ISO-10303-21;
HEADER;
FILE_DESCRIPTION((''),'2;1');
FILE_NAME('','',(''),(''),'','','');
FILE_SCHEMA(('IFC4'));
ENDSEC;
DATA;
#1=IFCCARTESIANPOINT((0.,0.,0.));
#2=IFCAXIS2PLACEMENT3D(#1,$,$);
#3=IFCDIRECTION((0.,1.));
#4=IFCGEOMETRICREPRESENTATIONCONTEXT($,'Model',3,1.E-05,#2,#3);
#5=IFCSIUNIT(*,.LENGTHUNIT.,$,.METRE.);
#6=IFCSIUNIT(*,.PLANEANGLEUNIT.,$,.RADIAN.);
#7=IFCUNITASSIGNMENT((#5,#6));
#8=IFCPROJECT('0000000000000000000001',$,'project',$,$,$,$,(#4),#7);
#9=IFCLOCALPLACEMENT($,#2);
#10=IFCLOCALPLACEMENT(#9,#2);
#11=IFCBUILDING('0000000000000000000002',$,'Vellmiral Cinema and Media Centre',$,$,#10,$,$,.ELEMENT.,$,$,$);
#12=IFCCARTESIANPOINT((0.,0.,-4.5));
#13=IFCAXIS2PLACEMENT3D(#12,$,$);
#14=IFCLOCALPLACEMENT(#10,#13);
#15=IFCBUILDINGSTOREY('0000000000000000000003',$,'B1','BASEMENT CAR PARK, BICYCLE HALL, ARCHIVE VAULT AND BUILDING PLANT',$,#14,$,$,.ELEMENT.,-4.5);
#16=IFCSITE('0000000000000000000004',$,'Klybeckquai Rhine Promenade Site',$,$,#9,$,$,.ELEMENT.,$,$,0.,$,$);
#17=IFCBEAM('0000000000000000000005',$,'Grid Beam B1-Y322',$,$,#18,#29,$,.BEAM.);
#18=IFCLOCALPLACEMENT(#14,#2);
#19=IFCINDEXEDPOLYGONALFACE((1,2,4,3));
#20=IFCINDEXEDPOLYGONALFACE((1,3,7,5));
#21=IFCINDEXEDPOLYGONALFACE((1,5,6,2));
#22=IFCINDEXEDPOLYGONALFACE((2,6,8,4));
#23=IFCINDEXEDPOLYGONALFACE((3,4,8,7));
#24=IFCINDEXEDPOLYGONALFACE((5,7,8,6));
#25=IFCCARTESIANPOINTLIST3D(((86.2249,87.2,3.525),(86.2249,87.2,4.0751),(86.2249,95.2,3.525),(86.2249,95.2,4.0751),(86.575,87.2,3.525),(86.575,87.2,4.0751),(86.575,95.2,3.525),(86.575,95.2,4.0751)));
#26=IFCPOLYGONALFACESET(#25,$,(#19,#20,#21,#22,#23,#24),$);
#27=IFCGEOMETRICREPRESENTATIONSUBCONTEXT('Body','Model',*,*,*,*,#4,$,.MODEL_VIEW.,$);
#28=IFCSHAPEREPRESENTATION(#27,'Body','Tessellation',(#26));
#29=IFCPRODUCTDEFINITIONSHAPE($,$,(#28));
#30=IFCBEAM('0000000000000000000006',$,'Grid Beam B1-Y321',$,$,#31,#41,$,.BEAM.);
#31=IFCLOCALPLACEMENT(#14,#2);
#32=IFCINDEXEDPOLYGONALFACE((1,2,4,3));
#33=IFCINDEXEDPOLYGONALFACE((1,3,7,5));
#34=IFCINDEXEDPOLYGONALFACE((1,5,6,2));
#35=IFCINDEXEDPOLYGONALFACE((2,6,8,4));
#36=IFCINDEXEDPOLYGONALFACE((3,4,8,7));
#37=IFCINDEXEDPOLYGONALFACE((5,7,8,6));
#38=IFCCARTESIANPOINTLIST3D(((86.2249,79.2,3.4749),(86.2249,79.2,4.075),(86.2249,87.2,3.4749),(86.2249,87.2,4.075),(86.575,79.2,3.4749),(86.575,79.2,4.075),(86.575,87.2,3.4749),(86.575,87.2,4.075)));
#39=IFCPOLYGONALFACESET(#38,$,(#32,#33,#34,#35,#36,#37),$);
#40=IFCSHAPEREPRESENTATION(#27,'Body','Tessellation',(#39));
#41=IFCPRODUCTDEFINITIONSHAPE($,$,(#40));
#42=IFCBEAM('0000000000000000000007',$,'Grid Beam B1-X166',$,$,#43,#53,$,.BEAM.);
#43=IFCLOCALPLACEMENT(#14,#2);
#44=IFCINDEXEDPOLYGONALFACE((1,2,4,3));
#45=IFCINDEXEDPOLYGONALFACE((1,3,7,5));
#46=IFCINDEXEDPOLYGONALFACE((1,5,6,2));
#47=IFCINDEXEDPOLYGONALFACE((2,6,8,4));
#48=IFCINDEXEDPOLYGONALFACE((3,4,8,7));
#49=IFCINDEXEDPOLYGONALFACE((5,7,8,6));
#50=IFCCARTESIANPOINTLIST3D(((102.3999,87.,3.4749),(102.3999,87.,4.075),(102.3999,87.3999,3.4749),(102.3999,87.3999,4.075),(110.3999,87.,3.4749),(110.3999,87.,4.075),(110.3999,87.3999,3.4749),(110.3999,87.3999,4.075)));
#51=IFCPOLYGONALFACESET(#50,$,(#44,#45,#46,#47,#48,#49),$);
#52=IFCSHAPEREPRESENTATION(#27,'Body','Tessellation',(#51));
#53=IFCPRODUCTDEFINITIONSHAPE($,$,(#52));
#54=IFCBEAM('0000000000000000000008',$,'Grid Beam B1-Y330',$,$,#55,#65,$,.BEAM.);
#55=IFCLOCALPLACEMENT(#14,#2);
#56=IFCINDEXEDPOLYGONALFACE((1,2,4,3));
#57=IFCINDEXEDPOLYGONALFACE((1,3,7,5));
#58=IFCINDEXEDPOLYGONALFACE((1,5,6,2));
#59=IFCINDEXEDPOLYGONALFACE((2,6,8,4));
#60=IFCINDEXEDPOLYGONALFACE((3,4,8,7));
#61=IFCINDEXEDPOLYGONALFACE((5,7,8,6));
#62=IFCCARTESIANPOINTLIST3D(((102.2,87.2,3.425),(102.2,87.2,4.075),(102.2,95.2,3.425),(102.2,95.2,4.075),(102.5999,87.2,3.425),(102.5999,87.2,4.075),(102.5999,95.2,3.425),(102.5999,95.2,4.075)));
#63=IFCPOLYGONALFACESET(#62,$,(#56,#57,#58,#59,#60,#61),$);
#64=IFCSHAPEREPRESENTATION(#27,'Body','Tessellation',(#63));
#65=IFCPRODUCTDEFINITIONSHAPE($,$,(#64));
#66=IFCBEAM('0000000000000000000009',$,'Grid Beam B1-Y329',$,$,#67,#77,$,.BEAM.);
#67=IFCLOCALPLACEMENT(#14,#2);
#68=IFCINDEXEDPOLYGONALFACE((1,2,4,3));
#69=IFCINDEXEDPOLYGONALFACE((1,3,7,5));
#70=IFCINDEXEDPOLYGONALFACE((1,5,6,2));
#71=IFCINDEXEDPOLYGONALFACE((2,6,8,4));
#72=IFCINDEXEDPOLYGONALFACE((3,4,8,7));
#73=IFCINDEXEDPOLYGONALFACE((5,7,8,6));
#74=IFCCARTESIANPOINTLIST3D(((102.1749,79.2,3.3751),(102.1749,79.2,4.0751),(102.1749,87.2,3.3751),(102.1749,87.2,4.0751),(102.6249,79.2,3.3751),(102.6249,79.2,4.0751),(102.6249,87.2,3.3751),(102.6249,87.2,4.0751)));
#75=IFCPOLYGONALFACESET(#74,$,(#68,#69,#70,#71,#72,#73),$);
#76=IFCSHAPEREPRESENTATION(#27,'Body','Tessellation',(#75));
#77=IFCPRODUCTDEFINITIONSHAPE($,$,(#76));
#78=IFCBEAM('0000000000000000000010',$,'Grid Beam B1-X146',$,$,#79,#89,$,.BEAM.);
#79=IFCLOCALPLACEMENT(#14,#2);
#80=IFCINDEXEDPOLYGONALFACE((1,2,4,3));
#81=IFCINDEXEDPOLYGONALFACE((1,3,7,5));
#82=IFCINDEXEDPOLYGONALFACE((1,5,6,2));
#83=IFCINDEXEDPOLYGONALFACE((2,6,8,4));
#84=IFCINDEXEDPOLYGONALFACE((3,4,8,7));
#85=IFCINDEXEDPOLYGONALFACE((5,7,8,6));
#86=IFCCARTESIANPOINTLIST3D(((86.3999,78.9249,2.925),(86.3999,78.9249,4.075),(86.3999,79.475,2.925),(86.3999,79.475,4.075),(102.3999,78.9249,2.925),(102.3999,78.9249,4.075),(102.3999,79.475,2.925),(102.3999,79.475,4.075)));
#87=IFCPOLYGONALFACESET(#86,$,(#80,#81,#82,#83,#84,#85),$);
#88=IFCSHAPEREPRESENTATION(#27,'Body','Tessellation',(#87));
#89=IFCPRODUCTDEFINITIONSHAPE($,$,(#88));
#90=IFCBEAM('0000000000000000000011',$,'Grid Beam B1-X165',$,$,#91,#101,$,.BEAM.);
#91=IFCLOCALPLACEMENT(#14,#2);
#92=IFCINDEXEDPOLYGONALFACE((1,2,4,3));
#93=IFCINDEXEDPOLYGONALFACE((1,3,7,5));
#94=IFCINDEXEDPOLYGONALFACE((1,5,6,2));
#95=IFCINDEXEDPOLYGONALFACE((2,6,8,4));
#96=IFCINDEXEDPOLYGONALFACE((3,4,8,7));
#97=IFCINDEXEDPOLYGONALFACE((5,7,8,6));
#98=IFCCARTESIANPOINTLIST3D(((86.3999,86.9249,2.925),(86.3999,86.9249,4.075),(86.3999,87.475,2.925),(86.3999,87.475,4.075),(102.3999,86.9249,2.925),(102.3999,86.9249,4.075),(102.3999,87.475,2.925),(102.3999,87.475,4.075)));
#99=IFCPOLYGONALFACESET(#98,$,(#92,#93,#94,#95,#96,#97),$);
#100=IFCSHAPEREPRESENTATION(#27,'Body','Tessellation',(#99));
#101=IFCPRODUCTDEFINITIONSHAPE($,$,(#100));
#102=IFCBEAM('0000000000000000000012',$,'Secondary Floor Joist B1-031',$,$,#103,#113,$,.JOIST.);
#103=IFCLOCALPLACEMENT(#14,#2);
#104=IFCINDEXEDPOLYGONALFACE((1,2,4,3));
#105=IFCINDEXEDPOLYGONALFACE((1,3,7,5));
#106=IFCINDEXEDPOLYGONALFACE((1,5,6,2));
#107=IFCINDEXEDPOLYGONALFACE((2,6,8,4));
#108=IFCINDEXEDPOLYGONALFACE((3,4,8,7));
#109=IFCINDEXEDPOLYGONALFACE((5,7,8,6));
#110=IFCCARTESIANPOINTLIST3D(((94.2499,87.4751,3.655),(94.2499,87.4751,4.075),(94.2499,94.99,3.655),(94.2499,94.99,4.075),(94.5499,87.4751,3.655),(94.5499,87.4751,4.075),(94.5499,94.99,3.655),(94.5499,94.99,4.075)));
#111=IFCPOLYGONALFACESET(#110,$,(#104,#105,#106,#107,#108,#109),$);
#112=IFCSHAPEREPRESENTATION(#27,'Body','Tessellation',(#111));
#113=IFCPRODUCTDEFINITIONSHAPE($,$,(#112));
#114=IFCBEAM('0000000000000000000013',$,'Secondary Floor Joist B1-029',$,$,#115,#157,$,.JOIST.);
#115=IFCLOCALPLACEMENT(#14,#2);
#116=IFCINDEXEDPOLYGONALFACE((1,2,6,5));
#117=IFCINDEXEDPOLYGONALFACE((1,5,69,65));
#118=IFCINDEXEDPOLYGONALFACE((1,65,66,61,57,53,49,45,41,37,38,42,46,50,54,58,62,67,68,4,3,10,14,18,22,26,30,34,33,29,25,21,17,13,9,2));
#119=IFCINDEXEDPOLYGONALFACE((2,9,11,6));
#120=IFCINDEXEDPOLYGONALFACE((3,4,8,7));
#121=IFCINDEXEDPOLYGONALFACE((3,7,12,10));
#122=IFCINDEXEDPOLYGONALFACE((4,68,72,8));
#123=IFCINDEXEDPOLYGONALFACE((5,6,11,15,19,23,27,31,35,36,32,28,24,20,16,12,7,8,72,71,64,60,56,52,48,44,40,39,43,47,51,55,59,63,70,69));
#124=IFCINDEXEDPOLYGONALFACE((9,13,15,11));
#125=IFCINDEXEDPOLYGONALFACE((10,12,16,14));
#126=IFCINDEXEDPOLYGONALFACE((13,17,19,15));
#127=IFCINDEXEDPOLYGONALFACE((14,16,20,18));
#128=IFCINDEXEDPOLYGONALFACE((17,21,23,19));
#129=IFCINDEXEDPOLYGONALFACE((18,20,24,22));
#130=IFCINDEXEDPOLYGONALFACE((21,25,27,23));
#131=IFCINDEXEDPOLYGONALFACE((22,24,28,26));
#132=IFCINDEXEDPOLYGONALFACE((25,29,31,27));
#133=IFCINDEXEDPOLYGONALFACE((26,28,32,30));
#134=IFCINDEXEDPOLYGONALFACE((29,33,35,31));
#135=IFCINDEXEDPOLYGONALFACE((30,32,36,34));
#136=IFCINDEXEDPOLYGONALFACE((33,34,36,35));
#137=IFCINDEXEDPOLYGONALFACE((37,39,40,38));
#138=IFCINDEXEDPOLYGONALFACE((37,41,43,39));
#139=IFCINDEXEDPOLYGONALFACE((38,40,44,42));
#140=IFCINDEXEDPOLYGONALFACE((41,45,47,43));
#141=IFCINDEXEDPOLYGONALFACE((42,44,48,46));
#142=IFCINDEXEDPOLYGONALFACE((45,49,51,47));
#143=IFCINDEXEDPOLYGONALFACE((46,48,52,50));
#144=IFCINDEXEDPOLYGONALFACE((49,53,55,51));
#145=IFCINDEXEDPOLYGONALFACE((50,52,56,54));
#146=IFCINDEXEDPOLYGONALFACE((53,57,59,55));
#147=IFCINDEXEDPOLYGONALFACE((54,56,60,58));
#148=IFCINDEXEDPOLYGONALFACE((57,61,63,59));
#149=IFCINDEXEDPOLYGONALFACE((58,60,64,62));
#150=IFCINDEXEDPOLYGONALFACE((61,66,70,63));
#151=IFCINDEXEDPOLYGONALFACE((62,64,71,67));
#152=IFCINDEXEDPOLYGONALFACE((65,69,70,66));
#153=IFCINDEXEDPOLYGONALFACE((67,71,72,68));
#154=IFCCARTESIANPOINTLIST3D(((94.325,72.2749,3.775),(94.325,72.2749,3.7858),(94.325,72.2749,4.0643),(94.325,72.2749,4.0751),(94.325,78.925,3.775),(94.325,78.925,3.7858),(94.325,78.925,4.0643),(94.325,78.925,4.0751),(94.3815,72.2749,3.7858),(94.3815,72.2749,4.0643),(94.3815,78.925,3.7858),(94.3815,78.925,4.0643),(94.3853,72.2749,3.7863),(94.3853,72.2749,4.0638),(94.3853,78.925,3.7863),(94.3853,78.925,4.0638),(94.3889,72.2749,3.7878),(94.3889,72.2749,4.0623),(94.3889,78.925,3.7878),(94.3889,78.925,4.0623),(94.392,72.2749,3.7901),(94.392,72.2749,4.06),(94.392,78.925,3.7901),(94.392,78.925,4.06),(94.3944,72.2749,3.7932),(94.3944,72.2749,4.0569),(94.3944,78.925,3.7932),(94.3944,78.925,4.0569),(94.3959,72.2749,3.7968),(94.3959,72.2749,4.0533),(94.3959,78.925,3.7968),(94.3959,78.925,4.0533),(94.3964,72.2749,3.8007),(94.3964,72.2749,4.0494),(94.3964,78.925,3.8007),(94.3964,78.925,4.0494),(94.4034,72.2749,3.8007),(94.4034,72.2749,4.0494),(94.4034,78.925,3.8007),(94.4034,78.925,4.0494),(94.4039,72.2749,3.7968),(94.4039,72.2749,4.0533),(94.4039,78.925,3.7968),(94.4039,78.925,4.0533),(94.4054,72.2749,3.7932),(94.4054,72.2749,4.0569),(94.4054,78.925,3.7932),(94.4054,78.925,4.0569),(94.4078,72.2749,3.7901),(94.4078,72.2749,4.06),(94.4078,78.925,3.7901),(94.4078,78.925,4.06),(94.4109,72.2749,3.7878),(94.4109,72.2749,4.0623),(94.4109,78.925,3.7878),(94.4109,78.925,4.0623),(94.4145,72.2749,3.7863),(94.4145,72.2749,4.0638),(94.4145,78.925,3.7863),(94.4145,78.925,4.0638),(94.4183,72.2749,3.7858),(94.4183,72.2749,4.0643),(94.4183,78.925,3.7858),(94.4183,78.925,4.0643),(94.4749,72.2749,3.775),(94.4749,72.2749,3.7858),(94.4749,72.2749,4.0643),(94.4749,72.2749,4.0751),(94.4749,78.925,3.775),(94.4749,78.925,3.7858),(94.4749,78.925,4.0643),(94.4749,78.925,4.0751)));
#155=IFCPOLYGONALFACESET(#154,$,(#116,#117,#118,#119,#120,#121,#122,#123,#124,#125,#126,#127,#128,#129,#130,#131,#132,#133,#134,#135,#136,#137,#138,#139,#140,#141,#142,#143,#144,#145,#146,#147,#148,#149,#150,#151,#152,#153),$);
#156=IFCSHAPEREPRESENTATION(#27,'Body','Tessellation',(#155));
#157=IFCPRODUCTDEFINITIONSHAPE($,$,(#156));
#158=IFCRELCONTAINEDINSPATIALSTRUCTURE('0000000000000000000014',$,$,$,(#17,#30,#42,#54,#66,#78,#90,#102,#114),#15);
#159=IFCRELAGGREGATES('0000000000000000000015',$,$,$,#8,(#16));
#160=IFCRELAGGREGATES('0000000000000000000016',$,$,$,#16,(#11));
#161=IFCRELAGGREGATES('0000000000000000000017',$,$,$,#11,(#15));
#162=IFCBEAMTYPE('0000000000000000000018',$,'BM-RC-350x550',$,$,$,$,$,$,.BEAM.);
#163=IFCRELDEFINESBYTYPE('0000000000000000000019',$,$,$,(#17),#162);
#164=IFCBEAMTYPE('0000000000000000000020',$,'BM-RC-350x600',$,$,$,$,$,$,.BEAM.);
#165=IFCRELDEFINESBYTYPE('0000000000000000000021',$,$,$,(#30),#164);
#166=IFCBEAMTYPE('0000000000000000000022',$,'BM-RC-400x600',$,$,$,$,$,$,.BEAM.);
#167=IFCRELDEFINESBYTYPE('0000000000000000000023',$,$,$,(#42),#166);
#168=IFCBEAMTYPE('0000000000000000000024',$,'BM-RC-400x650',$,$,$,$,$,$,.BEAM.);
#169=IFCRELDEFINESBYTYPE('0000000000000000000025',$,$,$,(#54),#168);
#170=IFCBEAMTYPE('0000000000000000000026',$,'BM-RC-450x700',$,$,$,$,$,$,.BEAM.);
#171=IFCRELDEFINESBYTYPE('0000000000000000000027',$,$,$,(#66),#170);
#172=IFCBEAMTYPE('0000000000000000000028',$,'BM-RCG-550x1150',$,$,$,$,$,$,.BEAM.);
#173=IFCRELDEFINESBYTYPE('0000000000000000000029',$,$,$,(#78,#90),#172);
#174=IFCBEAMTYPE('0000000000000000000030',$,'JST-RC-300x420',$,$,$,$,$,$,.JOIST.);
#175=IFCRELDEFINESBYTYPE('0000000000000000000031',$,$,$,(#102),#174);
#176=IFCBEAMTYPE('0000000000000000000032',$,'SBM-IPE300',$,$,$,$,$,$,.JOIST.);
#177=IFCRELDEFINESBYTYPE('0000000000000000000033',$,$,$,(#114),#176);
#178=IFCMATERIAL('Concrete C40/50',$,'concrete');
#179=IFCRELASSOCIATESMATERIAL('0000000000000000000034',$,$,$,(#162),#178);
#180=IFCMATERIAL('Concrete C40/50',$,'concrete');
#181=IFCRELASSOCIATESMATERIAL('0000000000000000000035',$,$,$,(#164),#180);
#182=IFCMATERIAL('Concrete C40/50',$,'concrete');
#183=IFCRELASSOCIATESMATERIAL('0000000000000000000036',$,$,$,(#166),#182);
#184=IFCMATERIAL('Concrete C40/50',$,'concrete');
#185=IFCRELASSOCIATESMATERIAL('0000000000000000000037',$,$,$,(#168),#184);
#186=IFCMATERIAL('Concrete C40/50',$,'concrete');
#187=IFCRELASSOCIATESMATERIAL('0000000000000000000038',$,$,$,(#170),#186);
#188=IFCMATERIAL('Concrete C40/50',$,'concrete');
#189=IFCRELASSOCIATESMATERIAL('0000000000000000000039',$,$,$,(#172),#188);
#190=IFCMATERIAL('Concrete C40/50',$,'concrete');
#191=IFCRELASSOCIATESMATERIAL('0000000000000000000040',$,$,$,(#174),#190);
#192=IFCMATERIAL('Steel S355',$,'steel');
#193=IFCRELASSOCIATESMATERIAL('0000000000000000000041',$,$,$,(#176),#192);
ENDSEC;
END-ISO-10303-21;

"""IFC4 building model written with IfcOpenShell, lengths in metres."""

from ifc_helpers import new_model, si_unit, direction, frame, origin, origin_2d, place, context, subcontext, project, spatial, rectangle, i_section, extrude, material, material_profile, profile_set, type_object, element, save


model = new_model("IFC4")

# Units and contexts
model_context = context("Model", 3, precision=1e-05, world=origin(), true_north=direction((0.0, 1.0)))
body_context = subcontext(model_context, "Body", "Model", "MODEL_VIEW")
ifc_project = project(units=[si_unit("LENGTHUNIT", "METRE"), si_unit("PLANEANGLEUNIT", "RADIAN")], contexts=[model_context])

# Site, building, storey
site_placement = place(None, origin())
site = spatial("IfcSite", under=ifc_project, at=site_placement, Name="Klybeckquai Rhine Promenade Site", CompositionType="ELEMENT", RefElevation=0.0)
building_placement = place(site_placement, origin())
building = spatial("IfcBuilding", under=site, at=building_placement, Name="Vellmiral Cinema and Media Centre", CompositionType="ELEMENT")
storey_placement = place(building_placement, frame((0.0, 0.0, -4.5)))
storey = spatial("IfcBuildingStorey", under=building, at=storey_placement, Name="B1", Description="BASEMENT CAR PARK, BICYCLE HALL, ARCHIVE VAULT AND BUILDING PLANT", CompositionType="ELEMENT", Elevation=-4.5)

# Beams
ifc_material_1 = material(Name="Concrete C40/50", Category="concrete")
ifc_material_profile_1 = material_profile(ifc_material_1, rectangle(XDim=0.3501, YDim=0.55, at=origin_2d()), Name="RC 350x550")
ifc_profile_set_1 = profile_set([ifc_material_profile_1], Name="Concrete C40/50")
beam_type_1 = type_object("IfcBeamType", Name="BM-RC-350x550", PredefinedType="BEAM", material=ifc_profile_set_1)
beam_1_placement = place(storey_placement, frame((86.3999, 87.2, 3.8), z_axis=(0.0, 1.0, 0.0), x_axis=(-1.0, 0.0, 0.0)))
element("IfcBeam", 1, at=beam_1_placement, inside=storey, type_object=beam_type_1, Name="Grid Beam B1-Y322", PredefinedType="BEAM", context=body_context, shape_type="SweptSolid", body=[
    extrude(rectangle(XDim=0.3501, YDim=0.55, at=origin_2d()), origin(), (0.0, 0.0, 1.0), 8.0),
])
ifc_material_2 = material(Name="Concrete C40/50", Category="concrete")
ifc_material_profile_2 = material_profile(ifc_material_2, rectangle(XDim=0.3501, YDim=0.6001, at=origin_2d()), Name="RC 350x600")
ifc_profile_set_2 = profile_set([ifc_material_profile_2], Name="Concrete C40/50")
beam_type_2 = type_object("IfcBeamType", Name="BM-RC-350x600", PredefinedType="BEAM", material=ifc_profile_set_2)
beam_2_placement = place(storey_placement, frame((86.3999, 79.2, 3.7749), z_axis=(0.0, 1.0, 0.0), x_axis=(-1.0, 0.0, 0.0)))
element("IfcBeam", 2, at=beam_2_placement, inside=storey, type_object=beam_type_2, Name="Grid Beam B1-Y321", PredefinedType="BEAM", context=body_context, shape_type="SweptSolid", body=[
    extrude(rectangle(XDim=0.3501, YDim=0.6001, at=origin_2d()), origin(), (0.0, 0.0, 1.0), 8.0),
])
ifc_material_3 = material(Name="Concrete C40/50", Category="concrete")
ifc_material_profile_3 = material_profile(ifc_material_3, rectangle(XDim=0.3999, YDim=0.6001, at=origin_2d()), Name="RC 400x600")
ifc_profile_set_3 = profile_set([ifc_material_profile_3], Name="Concrete C40/50")
beam_type_3 = type_object("IfcBeamType", Name="BM-RC-400x600", PredefinedType="BEAM", material=ifc_profile_set_3)
beam_3_placement = place(storey_placement, frame((102.3999, 87.2, 3.7749), z_axis=(1.0, 0.0, 0.0), x_axis=(0.0, 1.0, 0.0)))
element("IfcBeam", 3, at=beam_3_placement, inside=storey, type_object=beam_type_3, Name="Grid Beam B1-X166", PredefinedType="BEAM", context=body_context, shape_type="SweptSolid", body=[
    extrude(rectangle(XDim=0.3999, YDim=0.6001, at=origin_2d()), origin(), (0.0, 0.0, 1.0), 8.0),
])
ifc_material_4 = material(Name="Concrete C40/50", Category="concrete")
ifc_material_profile_4 = material_profile(ifc_material_4, rectangle(XDim=0.3999, YDim=0.6499, at=origin_2d()), Name="RC 400x650")
ifc_profile_set_4 = profile_set([ifc_material_profile_4], Name="Concrete C40/50")
beam_type_4 = type_object("IfcBeamType", Name="BM-RC-400x650", PredefinedType="BEAM", material=ifc_profile_set_4)
beam_4_placement = place(storey_placement, frame((102.3999, 87.2, 3.75), z_axis=(0.0, 1.0, 0.0), x_axis=(-1.0, 0.0, 0.0)))
element("IfcBeam", 4, at=beam_4_placement, inside=storey, type_object=beam_type_4, Name="Grid Beam B1-Y330", PredefinedType="BEAM", context=body_context, shape_type="SweptSolid", body=[
    extrude(rectangle(XDim=0.3999, YDim=0.6499, at=origin_2d()), origin(), (0.0, 0.0, 1.0), 8.0),
])
ifc_material_5 = material(Name="Concrete C40/50", Category="concrete")
ifc_material_profile_5 = material_profile(ifc_material_5, rectangle(XDim=0.45, YDim=0.7, at=origin_2d()), Name="RC 450x700")
ifc_profile_set_5 = profile_set([ifc_material_profile_5], Name="Concrete C40/50")
beam_type_5 = type_object("IfcBeamType", Name="BM-RC-450x700", PredefinedType="BEAM", material=ifc_profile_set_5)
beam_5_placement = place(storey_placement, frame((102.3999, 79.2, 3.7251), z_axis=(0.0, 1.0, 0.0), x_axis=(-1.0, 0.0, 0.0)))
element("IfcBeam", 5, at=beam_5_placement, inside=storey, type_object=beam_type_5, Name="Grid Beam B1-Y329", PredefinedType="BEAM", context=body_context, shape_type="SweptSolid", body=[
    extrude(rectangle(XDim=0.45, YDim=0.7, at=origin_2d()), origin(), (0.0, 0.0, 1.0), 8.0),
])
ifc_material_6 = material(Name="Concrete C40/50", Category="concrete")
ifc_material_profile_6 = material_profile(ifc_material_6, rectangle(XDim=0.55, YDim=1.1499, at=origin_2d()), Name="RC 550x1150")
ifc_profile_set_6 = profile_set([ifc_material_profile_6], Name="Concrete C40/50")
beam_type_6 = type_object("IfcBeamType", Name="BM-RCG-550x1150", PredefinedType="BEAM", material=ifc_profile_set_6)
for number, where, z_axis, x_axis, name in (
    (6, (86.3999, 79.2, 3.5), (1.0, 0.0, 0.0), (0.0, 1.0, 0.0), "Grid Beam B1-X146"),
    (7, (86.3999, 87.2, 3.5), (1.0, 0.0, 0.0), (0.0, 1.0, 0.0), "Grid Beam B1-X165"),
):
    element("IfcBeam", number, at=place(storey_placement, frame(where, z_axis=z_axis, x_axis=x_axis)), inside=storey, type_object=beam_type_6, Name=name, PredefinedType="BEAM", context=body_context, shape_type="SweptSolid", body=[
        extrude(rectangle(XDim=0.55, YDim=1.1499, at=origin_2d()), origin(), (0.0, 0.0, 1.0), 16.0),
    ])
ifc_material_7 = material(Name="Concrete C40/50", Category="concrete")
ifc_material_profile_7 = material_profile(ifc_material_7, rectangle(XDim=0.3, YDim=0.4199, at=origin_2d()), Name="RC 300x420")
ifc_profile_set_7 = profile_set([ifc_material_profile_7], Name="Concrete C40/50")
beam_type_7 = type_object("IfcBeamType", Name="JST-RC-300x420", PredefinedType="JOIST", material=ifc_profile_set_7)
beam_6_placement = place(storey_placement, frame((94.3999, 87.4751, 3.865), z_axis=(0.0, 1.0, 0.0), x_axis=(-1.0, 0.0, 0.0)))
element("IfcBeam", 8, at=beam_6_placement, inside=storey, type_object=beam_type_7, Name="Secondary Floor Joist B1-031", PredefinedType="JOIST", context=body_context, shape_type="SweptSolid", body=[
    extrude(rectangle(XDim=0.3, YDim=0.4199, at=origin_2d()), origin(), (0.0, 0.0, 1.0), 7.5149),
])
ifc_material_8 = material(Name="Steel S355", Category="steel")
ifc_material_profile_8 = material_profile(ifc_material_8, i_section(OverallWidth=0.1499, OverallDepth=0.3, WebThickness=0.0071, FlangeThickness=0.0107, FilletRadius=0.0149, at=origin_2d()), Name="IPE 300")
ifc_profile_set_8 = profile_set([ifc_material_profile_8], Name="Steel S355")
beam_type_8 = type_object("IfcBeamType", Name="SBM-IPE300", PredefinedType="JOIST", material=ifc_profile_set_8)
beam_7_placement = place(storey_placement, frame((94.3999, 72.2749, 3.925), z_axis=(0.0, 1.0, 0.0), x_axis=(-1.0, 0.0, 0.0)))
element("IfcBeam", 9, at=beam_7_placement, inside=storey, type_object=beam_type_8, Name="Secondary Floor Joist B1-029", PredefinedType="JOIST", context=body_context, shape_type="SweptSolid", body=[
    extrude(i_section(OverallWidth=0.1499, OverallDepth=0.3, WebThickness=0.0071, FlangeThickness=0.0107, FilletRadius=0.0149, at=origin_2d()), origin(), (0.0, 0.0, 1.0), 6.6501),
])

save(model, "model.ifc")
